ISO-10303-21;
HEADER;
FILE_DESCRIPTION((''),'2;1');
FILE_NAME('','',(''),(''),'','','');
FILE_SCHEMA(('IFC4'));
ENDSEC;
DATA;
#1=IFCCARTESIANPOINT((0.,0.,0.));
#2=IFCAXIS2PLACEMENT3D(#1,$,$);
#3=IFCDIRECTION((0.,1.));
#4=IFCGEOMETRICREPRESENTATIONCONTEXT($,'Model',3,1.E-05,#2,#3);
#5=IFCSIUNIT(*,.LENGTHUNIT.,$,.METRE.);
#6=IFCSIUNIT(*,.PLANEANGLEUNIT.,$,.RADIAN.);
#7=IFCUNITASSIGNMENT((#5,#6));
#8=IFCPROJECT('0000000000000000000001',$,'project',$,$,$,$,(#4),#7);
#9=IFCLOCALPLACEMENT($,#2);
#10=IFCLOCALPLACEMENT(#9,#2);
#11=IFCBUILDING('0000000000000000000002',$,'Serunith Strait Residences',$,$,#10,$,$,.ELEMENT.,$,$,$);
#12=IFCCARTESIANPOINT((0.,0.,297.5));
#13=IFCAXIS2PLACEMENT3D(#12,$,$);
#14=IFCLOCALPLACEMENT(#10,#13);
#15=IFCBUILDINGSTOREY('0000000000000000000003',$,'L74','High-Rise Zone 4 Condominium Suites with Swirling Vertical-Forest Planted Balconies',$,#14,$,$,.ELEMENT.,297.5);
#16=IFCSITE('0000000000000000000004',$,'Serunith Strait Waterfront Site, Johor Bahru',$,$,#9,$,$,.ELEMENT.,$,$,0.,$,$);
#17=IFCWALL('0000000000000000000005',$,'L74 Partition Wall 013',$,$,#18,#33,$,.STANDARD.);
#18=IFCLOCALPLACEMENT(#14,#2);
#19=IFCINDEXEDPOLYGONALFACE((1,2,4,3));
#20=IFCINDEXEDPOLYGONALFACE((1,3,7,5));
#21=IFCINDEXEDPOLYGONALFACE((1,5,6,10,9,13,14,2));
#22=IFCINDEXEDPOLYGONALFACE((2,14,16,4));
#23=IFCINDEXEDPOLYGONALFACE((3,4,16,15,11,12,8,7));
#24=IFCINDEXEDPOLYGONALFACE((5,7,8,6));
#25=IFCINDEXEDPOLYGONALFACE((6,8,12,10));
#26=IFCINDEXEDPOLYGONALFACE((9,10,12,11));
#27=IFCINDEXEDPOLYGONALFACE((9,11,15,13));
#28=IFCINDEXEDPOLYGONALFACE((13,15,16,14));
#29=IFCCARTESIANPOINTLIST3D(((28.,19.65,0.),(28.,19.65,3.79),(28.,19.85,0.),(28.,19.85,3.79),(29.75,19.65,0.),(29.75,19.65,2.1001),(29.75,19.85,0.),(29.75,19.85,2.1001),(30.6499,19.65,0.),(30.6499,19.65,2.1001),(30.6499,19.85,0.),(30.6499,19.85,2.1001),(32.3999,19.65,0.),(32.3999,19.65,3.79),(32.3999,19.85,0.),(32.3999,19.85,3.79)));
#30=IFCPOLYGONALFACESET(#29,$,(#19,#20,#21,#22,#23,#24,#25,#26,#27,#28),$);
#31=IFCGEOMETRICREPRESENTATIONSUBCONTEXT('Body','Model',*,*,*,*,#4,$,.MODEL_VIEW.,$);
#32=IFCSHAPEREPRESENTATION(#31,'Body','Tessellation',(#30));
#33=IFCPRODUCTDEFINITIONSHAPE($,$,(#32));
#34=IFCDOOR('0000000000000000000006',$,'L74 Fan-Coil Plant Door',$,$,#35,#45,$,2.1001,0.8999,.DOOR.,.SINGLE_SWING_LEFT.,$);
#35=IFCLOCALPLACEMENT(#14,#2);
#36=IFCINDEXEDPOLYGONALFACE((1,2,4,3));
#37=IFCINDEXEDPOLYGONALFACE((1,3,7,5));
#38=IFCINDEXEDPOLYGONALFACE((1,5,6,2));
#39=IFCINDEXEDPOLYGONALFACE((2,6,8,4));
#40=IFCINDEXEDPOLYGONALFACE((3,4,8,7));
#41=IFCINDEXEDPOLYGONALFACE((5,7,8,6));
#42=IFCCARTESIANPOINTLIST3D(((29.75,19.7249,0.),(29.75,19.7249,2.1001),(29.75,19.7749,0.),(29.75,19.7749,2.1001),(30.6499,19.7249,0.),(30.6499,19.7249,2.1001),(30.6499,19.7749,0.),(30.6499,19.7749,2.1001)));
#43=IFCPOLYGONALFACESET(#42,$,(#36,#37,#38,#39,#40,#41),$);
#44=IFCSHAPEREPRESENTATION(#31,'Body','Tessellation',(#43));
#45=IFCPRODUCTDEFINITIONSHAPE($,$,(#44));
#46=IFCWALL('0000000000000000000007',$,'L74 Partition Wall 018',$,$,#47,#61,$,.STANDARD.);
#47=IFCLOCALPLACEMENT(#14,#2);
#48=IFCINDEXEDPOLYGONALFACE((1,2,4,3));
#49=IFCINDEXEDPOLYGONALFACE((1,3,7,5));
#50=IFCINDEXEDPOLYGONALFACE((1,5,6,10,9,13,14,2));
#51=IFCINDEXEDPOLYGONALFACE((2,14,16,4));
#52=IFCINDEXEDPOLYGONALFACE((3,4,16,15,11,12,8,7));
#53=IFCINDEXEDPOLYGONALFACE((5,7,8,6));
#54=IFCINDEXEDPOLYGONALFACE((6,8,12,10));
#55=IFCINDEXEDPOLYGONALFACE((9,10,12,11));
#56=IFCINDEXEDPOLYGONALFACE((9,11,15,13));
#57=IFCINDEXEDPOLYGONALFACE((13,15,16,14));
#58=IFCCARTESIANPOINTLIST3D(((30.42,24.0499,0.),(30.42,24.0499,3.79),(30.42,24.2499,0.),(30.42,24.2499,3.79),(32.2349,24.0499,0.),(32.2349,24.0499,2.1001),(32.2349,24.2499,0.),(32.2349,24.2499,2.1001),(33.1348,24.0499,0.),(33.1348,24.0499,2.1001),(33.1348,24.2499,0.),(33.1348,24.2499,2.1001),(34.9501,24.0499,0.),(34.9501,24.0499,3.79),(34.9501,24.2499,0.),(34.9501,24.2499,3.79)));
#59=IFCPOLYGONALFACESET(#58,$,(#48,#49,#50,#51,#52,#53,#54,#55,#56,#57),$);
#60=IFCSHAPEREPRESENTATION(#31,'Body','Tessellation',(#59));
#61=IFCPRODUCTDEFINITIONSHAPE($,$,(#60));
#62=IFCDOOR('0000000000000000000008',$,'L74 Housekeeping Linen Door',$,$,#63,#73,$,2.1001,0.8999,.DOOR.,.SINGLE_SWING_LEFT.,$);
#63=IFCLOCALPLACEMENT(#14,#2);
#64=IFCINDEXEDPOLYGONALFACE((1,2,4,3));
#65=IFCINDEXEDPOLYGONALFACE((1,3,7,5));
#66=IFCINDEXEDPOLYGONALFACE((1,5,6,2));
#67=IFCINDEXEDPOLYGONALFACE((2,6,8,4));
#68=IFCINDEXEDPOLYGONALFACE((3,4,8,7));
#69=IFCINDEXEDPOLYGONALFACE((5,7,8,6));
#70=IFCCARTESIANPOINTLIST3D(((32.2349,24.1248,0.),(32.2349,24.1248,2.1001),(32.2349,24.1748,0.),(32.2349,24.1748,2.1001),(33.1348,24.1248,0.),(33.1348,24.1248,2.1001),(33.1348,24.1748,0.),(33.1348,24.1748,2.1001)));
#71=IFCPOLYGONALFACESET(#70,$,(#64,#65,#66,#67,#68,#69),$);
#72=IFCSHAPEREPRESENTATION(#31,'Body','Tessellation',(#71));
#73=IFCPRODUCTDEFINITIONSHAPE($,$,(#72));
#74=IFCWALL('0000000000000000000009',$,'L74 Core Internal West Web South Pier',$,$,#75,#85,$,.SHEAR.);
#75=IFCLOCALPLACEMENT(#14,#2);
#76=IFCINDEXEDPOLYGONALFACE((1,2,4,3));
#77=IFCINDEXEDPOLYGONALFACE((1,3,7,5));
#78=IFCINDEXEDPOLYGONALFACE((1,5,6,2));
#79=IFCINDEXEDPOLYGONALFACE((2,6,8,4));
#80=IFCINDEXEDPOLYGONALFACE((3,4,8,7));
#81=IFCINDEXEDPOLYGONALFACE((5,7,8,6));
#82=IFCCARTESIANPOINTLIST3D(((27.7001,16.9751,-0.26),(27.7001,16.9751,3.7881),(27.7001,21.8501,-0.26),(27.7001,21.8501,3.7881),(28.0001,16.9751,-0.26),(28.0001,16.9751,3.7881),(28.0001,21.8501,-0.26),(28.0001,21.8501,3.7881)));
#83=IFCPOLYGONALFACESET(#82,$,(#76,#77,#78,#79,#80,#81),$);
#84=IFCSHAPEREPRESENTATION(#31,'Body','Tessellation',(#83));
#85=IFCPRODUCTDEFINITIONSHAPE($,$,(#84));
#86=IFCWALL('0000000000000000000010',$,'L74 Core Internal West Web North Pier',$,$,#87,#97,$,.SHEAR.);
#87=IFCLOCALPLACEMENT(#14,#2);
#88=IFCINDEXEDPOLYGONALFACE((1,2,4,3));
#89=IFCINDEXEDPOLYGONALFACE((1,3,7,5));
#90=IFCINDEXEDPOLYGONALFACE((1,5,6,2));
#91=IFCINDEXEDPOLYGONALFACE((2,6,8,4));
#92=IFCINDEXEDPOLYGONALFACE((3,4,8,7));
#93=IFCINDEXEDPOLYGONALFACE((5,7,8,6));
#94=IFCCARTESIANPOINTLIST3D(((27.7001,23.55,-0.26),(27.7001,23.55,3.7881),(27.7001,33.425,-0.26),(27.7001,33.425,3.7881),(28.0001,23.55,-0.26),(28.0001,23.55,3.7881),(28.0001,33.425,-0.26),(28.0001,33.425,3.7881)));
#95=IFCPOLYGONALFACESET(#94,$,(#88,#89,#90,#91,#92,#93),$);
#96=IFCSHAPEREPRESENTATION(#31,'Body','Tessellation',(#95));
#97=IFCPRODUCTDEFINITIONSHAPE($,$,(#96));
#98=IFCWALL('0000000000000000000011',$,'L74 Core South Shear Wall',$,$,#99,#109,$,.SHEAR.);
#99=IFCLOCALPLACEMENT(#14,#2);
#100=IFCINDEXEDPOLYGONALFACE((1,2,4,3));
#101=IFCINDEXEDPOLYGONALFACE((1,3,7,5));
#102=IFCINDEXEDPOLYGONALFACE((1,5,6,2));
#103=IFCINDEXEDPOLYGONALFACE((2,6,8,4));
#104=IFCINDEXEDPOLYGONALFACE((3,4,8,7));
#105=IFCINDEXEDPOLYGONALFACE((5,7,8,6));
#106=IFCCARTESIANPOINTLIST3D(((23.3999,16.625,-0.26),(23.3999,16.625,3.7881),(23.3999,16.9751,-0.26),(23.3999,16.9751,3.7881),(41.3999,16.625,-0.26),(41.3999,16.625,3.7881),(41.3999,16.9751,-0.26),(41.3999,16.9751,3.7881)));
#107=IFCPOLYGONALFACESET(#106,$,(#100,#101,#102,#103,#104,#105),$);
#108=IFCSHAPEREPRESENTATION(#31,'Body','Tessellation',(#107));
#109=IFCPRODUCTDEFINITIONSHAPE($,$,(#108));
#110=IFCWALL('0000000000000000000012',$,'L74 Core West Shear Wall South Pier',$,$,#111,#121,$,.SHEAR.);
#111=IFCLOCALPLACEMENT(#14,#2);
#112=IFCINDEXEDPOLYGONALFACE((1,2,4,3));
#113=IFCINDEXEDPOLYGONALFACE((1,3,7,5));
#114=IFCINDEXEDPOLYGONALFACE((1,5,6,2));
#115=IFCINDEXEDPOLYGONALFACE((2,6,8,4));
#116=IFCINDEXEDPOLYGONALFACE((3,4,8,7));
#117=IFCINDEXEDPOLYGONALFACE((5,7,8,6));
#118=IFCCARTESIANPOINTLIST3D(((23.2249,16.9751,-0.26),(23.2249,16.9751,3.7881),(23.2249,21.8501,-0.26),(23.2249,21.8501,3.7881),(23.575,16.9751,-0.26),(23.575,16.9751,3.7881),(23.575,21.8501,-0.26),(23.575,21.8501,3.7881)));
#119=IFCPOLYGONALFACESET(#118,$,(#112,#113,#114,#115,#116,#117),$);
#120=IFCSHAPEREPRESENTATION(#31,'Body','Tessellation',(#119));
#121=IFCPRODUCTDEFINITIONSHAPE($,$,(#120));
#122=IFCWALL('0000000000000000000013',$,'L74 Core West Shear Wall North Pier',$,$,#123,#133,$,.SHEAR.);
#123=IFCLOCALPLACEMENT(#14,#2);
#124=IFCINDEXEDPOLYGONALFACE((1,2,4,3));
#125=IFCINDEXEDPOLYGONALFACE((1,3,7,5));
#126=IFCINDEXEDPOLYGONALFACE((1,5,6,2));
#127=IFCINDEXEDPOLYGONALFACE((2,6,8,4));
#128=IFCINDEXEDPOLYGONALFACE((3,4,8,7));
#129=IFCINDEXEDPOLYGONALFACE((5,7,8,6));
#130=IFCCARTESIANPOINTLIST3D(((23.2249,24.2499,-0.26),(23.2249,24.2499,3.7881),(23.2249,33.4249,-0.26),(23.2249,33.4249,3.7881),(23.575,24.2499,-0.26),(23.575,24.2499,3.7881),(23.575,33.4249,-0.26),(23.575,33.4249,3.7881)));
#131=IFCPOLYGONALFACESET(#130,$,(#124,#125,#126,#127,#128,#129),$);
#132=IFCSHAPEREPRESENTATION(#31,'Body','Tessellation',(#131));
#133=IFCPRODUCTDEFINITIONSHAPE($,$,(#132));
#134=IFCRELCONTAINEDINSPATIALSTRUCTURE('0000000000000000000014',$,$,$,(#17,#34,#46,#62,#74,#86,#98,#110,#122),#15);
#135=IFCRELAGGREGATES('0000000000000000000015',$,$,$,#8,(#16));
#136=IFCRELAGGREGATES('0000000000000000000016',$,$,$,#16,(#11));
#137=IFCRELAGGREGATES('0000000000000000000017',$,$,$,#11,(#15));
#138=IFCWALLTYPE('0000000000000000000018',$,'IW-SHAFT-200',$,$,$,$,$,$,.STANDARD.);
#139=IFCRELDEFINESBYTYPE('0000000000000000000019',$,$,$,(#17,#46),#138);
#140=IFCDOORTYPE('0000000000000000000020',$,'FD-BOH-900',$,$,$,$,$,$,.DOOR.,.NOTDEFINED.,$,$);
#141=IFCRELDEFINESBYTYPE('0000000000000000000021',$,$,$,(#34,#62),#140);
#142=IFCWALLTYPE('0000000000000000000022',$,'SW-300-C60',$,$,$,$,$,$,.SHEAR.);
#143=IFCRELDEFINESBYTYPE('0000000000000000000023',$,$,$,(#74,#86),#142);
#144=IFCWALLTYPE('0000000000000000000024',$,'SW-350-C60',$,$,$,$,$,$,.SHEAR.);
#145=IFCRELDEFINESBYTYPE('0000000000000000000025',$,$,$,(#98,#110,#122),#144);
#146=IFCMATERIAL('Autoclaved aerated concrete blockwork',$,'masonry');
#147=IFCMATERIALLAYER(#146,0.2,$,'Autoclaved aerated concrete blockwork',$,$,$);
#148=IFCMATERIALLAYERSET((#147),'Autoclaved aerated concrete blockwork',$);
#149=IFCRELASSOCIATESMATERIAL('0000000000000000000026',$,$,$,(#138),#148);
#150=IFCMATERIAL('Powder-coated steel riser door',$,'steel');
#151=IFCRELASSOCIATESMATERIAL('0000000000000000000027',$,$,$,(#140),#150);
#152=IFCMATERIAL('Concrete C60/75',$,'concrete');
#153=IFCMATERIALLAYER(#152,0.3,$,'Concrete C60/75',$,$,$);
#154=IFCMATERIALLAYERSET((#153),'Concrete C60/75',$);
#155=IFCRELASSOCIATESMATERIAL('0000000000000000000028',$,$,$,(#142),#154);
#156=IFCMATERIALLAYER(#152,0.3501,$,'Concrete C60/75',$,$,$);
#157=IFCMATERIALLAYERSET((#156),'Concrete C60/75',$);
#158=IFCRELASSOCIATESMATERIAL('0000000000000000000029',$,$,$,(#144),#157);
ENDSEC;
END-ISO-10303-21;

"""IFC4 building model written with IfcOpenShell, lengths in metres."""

from ifc_helpers import new_model, si_unit, direction, frame, frame_2d, origin, place, context, subcontext, project, spatial, rectangle, extrude, source, transform, mapped, material, layer, layer_set, type_object, element, fill, save


model = new_model("IFC4")

# Units and contexts
model_context = context("Model", 3, precision=1e-05, world=origin(), true_north=direction((0.0, 1.0)))
body_context = subcontext(model_context, "Body", "Model", "MODEL_VIEW")
ifc_project = project(units=[si_unit("LENGTHUNIT", "METRE"), si_unit("PLANEANGLEUNIT", "RADIAN")], contexts=[model_context])

# Site, building, storey
site_placement = place(None, origin())
site = spatial("IfcSite", under=ifc_project, at=site_placement, Name="Serunith Strait Waterfront Site, Johor Bahru", CompositionType="ELEMENT", RefElevation=0.0)
building_placement = place(site_placement, origin())
building = spatial("IfcBuilding", under=site, at=building_placement, Name="Serunith Strait Residences", CompositionType="ELEMENT")
storey_placement = place(building_placement, frame((0.0, 0.0, 297.5)))
storey = spatial("IfcBuildingStorey", under=building, at=storey_placement, Name="L74", Description="High-Rise Zone 4 Condominium Suites with Swirling Vertical-Forest Planted Balconies", CompositionType="ELEMENT", Elevation=297.5)

# Shared definitions
ifc_material_1 = material(Name="Autoclaved aerated concrete blockwork", Category="masonry")
ifc_layer_1 = layer(ifc_material_1, 0.2, Name="Autoclaved aerated concrete blockwork")
ifc_layer_set_1 = layer_set([ifc_layer_1], Name="Autoclaved aerated concrete blockwork")
wall_type_1 = type_object("IfcWallType", Name="IW-SHAFT-200", PredefinedType="STANDARD", material=ifc_layer_set_1)

# Walls, openings, doors
wall_1_placement = place(storey_placement, frame((28.0, 19.75, 0.0), z_axis=(0.0, 0.0, 1.0), x_axis=(1.0, 0.0, 0.0)))
wall_1 = element("IfcWall", 1, at=wall_1_placement, inside=storey, type_object=wall_type_1, Name="L74 Partition Wall 013", PredefinedType="STANDARD", context=body_context, shape_type="SweptSolid", body=[
    extrude(rectangle(XDim=4.3999, YDim=0.2, at=frame_2d((2.2, 0.0))), origin(), (0.0, 0.0, 1.0), 3.79),
])
opening_1_placement = place(wall_1_placement, frame((1.75, 0.0, 0.0)))
opening_1 = element("IfcOpeningElement", 2, at=opening_1_placement, cuts=wall_1, PredefinedType="OPENING", context=body_context, shape_type="SweptSolid", body=[
    extrude(rectangle(XDim=0.8999, YDim=2.1001, at=frame_2d((0.45, 1.05))), frame((0.0, 0.1099, 0.0), z_axis=(0.0, -1.0, 0.0), x_axis=(1.0, 0.0, 0.0)), (0.0, 0.0, 1.0), 0.22),
])
ifc_material_2 = material(Name="Powder-coated steel riser door", Category="steel")
door_type_1 = type_object("IfcDoorType", Name="FD-BOH-900", OperationType="NOTDEFINED", PredefinedType="DOOR", material=ifc_material_2)
shared_shape_1 = source(origin(), body_context, "Body", "SweptSolid", [
    extrude(rectangle(XDim=0.8999, YDim=2.1001, at=frame_2d((0.45, 1.05))), frame((0.0, 0.0249, 0.0), z_axis=(0.0, -1.0, 0.0), x_axis=(1.0, 0.0, 0.0)), (0.0, 0.0, 1.0), 0.05),
])
door_1_placement = place(opening_1_placement, origin())
door_1 = element("IfcDoor", 3, at=door_1_placement, inside=storey, type_object=door_type_1, Name="L74 Fan-Coil Plant Door", OperationType="SINGLE_SWING_LEFT", OverallHeight=2.1001, OverallWidth=0.8999, PredefinedType="DOOR", context=body_context, shape_type="MappedRepresentation", body=[
    mapped(shared_shape_1, transform((0.0, 0.0, 0.0), scale=1.0)),
])
fill(opening_1, door_1)
wall_2_placement = place(storey_placement, frame((30.4199, 24.1499, 0.0), z_axis=(0.0, 0.0, 1.0), x_axis=(1.0, 0.0, 0.0)))
wall_2 = element("IfcWall", 4, at=wall_2_placement, inside=storey, type_object=wall_type_1, Name="L74 Partition Wall 018", PredefinedType="STANDARD", context=body_context, shape_type="SweptSolid", body=[
    extrude(rectangle(XDim=4.53, YDim=0.2, at=frame_2d((2.2651, 0.0))), origin(), (0.0, 0.0, 1.0), 3.79),
])
opening_2_placement = place(wall_2_placement, frame((1.8149, 0.0, 0.0)))
opening_2 = element("IfcOpeningElement", 5, at=opening_2_placement, cuts=wall_2, PredefinedType="OPENING", context=body_context, shape_type="SweptSolid", body=[
    extrude(rectangle(XDim=0.8999, YDim=2.1001, at=frame_2d((0.45, 1.05))), frame((0.0, 0.1099, 0.0), z_axis=(0.0, -1.0, 0.0), x_axis=(1.0, 0.0, 0.0)), (0.0, 0.0, 1.0), 0.22),
])
door_2_placement = place(opening_2_placement, origin())
door_2 = element("IfcDoor", 6, at=door_2_placement, inside=storey, type_object=door_type_1, Name="L74 Housekeeping Linen Door", OperationType="SINGLE_SWING_LEFT", OverallHeight=2.1001, OverallWidth=0.8999, PredefinedType="DOOR", context=body_context, shape_type="MappedRepresentation", body=[
    mapped(shared_shape_1, transform((0.0, 0.0, 0.0), scale=1.0)),
])
fill(opening_2, door_2)

# Walls
ifc_material_3 = material(Name="Concrete C60/75", Category="concrete")
ifc_layer_2 = layer(ifc_material_3, 0.3, Name="Concrete C60/75")
ifc_layer_set_2 = layer_set([ifc_layer_2], Name="Concrete C60/75")
wall_type_2 = type_object("IfcWallType", Name="SW-300-C60", PredefinedType="SHEAR", material=ifc_layer_set_2)
wall_3_placement = place(storey_placement, frame((27.8501, 16.9751, -0.26), z_axis=(0.0, 0.0, 1.0), x_axis=(0.0, 1.0, 0.0)))
element("IfcWall", 7, at=wall_3_placement, inside=storey, type_object=wall_type_2, Name="L74 Core Internal West Web South Pier", PredefinedType="SHEAR", context=body_context, shape_type="SweptSolid", body=[
    extrude(rectangle(XDim=4.875, YDim=0.3, at=frame_2d((2.4375, 0.0))), origin(), (0.0, 0.0, 1.0), 4.0481),
])
wall_4_placement = place(storey_placement, frame((27.8501, 23.55, -0.26), z_axis=(0.0, 0.0, 1.0), x_axis=(0.0, 1.0, 0.0)))
element("IfcWall", 8, at=wall_4_placement, inside=storey, type_object=wall_type_2, Name="L74 Core Internal West Web North Pier", PredefinedType="SHEAR", context=body_context, shape_type="SweptSolid", body=[
    extrude(rectangle(XDim=9.875, YDim=0.3, at=frame_2d((4.9375, 0.0))), origin(), (0.0, 0.0, 1.0), 4.0481),
])
ifc_layer_3 = layer(ifc_material_3, 0.3501, Name="Concrete C60/75")
ifc_layer_set_3 = layer_set([ifc_layer_3], Name="Concrete C60/75")
wall_type_3 = type_object("IfcWallType", Name="SW-350-C60", PredefinedType="SHEAR", material=ifc_layer_set_3)
wall_5_placement = place(storey_placement, frame((23.3999, 16.8, -0.26), z_axis=(0.0, 0.0, 1.0), x_axis=(1.0, 0.0, 0.0)))
element("IfcWall", 9, at=wall_5_placement, inside=storey, type_object=wall_type_3, Name="L74 Core South Shear Wall", PredefinedType="SHEAR", context=body_context, shape_type="SweptSolid", body=[
    extrude(rectangle(XDim=18.0, YDim=0.3501, at=frame_2d((9.0, 0.0))), origin(), (0.0, 0.0, 1.0), 4.0481),
])
wall_6_placement = place(storey_placement, frame((23.3999, 16.9751, -0.26), z_axis=(0.0, 0.0, 1.0), x_axis=(0.0, 1.0, 0.0)))
element("IfcWall", 10, at=wall_6_placement, inside=storey, type_object=wall_type_3, Name="L74 Core West Shear Wall South Pier", PredefinedType="SHEAR", context=body_context, shape_type="SweptSolid", body=[
    extrude(rectangle(XDim=4.875, YDim=0.3501, at=frame_2d((2.4375, 0.0))), origin(), (0.0, 0.0, 1.0), 4.0481),
])
wall_7_placement = place(storey_placement, frame((23.3999, 24.25, -0.26), z_axis=(0.0, 0.0, 1.0), x_axis=(0.0, 1.0, 0.0)))
element("IfcWall", 11, at=wall_7_placement, inside=storey, type_object=wall_type_3, Name="L74 Core West Shear Wall North Pier", PredefinedType="SHEAR", context=body_context, shape_type="SweptSolid", body=[
    extrude(rectangle(XDim=9.175, YDim=0.3501, at=frame_2d((4.5874, 0.0))), origin(), (0.0, 0.0, 1.0), 4.0481),
])

save(model, "model.ifc")
